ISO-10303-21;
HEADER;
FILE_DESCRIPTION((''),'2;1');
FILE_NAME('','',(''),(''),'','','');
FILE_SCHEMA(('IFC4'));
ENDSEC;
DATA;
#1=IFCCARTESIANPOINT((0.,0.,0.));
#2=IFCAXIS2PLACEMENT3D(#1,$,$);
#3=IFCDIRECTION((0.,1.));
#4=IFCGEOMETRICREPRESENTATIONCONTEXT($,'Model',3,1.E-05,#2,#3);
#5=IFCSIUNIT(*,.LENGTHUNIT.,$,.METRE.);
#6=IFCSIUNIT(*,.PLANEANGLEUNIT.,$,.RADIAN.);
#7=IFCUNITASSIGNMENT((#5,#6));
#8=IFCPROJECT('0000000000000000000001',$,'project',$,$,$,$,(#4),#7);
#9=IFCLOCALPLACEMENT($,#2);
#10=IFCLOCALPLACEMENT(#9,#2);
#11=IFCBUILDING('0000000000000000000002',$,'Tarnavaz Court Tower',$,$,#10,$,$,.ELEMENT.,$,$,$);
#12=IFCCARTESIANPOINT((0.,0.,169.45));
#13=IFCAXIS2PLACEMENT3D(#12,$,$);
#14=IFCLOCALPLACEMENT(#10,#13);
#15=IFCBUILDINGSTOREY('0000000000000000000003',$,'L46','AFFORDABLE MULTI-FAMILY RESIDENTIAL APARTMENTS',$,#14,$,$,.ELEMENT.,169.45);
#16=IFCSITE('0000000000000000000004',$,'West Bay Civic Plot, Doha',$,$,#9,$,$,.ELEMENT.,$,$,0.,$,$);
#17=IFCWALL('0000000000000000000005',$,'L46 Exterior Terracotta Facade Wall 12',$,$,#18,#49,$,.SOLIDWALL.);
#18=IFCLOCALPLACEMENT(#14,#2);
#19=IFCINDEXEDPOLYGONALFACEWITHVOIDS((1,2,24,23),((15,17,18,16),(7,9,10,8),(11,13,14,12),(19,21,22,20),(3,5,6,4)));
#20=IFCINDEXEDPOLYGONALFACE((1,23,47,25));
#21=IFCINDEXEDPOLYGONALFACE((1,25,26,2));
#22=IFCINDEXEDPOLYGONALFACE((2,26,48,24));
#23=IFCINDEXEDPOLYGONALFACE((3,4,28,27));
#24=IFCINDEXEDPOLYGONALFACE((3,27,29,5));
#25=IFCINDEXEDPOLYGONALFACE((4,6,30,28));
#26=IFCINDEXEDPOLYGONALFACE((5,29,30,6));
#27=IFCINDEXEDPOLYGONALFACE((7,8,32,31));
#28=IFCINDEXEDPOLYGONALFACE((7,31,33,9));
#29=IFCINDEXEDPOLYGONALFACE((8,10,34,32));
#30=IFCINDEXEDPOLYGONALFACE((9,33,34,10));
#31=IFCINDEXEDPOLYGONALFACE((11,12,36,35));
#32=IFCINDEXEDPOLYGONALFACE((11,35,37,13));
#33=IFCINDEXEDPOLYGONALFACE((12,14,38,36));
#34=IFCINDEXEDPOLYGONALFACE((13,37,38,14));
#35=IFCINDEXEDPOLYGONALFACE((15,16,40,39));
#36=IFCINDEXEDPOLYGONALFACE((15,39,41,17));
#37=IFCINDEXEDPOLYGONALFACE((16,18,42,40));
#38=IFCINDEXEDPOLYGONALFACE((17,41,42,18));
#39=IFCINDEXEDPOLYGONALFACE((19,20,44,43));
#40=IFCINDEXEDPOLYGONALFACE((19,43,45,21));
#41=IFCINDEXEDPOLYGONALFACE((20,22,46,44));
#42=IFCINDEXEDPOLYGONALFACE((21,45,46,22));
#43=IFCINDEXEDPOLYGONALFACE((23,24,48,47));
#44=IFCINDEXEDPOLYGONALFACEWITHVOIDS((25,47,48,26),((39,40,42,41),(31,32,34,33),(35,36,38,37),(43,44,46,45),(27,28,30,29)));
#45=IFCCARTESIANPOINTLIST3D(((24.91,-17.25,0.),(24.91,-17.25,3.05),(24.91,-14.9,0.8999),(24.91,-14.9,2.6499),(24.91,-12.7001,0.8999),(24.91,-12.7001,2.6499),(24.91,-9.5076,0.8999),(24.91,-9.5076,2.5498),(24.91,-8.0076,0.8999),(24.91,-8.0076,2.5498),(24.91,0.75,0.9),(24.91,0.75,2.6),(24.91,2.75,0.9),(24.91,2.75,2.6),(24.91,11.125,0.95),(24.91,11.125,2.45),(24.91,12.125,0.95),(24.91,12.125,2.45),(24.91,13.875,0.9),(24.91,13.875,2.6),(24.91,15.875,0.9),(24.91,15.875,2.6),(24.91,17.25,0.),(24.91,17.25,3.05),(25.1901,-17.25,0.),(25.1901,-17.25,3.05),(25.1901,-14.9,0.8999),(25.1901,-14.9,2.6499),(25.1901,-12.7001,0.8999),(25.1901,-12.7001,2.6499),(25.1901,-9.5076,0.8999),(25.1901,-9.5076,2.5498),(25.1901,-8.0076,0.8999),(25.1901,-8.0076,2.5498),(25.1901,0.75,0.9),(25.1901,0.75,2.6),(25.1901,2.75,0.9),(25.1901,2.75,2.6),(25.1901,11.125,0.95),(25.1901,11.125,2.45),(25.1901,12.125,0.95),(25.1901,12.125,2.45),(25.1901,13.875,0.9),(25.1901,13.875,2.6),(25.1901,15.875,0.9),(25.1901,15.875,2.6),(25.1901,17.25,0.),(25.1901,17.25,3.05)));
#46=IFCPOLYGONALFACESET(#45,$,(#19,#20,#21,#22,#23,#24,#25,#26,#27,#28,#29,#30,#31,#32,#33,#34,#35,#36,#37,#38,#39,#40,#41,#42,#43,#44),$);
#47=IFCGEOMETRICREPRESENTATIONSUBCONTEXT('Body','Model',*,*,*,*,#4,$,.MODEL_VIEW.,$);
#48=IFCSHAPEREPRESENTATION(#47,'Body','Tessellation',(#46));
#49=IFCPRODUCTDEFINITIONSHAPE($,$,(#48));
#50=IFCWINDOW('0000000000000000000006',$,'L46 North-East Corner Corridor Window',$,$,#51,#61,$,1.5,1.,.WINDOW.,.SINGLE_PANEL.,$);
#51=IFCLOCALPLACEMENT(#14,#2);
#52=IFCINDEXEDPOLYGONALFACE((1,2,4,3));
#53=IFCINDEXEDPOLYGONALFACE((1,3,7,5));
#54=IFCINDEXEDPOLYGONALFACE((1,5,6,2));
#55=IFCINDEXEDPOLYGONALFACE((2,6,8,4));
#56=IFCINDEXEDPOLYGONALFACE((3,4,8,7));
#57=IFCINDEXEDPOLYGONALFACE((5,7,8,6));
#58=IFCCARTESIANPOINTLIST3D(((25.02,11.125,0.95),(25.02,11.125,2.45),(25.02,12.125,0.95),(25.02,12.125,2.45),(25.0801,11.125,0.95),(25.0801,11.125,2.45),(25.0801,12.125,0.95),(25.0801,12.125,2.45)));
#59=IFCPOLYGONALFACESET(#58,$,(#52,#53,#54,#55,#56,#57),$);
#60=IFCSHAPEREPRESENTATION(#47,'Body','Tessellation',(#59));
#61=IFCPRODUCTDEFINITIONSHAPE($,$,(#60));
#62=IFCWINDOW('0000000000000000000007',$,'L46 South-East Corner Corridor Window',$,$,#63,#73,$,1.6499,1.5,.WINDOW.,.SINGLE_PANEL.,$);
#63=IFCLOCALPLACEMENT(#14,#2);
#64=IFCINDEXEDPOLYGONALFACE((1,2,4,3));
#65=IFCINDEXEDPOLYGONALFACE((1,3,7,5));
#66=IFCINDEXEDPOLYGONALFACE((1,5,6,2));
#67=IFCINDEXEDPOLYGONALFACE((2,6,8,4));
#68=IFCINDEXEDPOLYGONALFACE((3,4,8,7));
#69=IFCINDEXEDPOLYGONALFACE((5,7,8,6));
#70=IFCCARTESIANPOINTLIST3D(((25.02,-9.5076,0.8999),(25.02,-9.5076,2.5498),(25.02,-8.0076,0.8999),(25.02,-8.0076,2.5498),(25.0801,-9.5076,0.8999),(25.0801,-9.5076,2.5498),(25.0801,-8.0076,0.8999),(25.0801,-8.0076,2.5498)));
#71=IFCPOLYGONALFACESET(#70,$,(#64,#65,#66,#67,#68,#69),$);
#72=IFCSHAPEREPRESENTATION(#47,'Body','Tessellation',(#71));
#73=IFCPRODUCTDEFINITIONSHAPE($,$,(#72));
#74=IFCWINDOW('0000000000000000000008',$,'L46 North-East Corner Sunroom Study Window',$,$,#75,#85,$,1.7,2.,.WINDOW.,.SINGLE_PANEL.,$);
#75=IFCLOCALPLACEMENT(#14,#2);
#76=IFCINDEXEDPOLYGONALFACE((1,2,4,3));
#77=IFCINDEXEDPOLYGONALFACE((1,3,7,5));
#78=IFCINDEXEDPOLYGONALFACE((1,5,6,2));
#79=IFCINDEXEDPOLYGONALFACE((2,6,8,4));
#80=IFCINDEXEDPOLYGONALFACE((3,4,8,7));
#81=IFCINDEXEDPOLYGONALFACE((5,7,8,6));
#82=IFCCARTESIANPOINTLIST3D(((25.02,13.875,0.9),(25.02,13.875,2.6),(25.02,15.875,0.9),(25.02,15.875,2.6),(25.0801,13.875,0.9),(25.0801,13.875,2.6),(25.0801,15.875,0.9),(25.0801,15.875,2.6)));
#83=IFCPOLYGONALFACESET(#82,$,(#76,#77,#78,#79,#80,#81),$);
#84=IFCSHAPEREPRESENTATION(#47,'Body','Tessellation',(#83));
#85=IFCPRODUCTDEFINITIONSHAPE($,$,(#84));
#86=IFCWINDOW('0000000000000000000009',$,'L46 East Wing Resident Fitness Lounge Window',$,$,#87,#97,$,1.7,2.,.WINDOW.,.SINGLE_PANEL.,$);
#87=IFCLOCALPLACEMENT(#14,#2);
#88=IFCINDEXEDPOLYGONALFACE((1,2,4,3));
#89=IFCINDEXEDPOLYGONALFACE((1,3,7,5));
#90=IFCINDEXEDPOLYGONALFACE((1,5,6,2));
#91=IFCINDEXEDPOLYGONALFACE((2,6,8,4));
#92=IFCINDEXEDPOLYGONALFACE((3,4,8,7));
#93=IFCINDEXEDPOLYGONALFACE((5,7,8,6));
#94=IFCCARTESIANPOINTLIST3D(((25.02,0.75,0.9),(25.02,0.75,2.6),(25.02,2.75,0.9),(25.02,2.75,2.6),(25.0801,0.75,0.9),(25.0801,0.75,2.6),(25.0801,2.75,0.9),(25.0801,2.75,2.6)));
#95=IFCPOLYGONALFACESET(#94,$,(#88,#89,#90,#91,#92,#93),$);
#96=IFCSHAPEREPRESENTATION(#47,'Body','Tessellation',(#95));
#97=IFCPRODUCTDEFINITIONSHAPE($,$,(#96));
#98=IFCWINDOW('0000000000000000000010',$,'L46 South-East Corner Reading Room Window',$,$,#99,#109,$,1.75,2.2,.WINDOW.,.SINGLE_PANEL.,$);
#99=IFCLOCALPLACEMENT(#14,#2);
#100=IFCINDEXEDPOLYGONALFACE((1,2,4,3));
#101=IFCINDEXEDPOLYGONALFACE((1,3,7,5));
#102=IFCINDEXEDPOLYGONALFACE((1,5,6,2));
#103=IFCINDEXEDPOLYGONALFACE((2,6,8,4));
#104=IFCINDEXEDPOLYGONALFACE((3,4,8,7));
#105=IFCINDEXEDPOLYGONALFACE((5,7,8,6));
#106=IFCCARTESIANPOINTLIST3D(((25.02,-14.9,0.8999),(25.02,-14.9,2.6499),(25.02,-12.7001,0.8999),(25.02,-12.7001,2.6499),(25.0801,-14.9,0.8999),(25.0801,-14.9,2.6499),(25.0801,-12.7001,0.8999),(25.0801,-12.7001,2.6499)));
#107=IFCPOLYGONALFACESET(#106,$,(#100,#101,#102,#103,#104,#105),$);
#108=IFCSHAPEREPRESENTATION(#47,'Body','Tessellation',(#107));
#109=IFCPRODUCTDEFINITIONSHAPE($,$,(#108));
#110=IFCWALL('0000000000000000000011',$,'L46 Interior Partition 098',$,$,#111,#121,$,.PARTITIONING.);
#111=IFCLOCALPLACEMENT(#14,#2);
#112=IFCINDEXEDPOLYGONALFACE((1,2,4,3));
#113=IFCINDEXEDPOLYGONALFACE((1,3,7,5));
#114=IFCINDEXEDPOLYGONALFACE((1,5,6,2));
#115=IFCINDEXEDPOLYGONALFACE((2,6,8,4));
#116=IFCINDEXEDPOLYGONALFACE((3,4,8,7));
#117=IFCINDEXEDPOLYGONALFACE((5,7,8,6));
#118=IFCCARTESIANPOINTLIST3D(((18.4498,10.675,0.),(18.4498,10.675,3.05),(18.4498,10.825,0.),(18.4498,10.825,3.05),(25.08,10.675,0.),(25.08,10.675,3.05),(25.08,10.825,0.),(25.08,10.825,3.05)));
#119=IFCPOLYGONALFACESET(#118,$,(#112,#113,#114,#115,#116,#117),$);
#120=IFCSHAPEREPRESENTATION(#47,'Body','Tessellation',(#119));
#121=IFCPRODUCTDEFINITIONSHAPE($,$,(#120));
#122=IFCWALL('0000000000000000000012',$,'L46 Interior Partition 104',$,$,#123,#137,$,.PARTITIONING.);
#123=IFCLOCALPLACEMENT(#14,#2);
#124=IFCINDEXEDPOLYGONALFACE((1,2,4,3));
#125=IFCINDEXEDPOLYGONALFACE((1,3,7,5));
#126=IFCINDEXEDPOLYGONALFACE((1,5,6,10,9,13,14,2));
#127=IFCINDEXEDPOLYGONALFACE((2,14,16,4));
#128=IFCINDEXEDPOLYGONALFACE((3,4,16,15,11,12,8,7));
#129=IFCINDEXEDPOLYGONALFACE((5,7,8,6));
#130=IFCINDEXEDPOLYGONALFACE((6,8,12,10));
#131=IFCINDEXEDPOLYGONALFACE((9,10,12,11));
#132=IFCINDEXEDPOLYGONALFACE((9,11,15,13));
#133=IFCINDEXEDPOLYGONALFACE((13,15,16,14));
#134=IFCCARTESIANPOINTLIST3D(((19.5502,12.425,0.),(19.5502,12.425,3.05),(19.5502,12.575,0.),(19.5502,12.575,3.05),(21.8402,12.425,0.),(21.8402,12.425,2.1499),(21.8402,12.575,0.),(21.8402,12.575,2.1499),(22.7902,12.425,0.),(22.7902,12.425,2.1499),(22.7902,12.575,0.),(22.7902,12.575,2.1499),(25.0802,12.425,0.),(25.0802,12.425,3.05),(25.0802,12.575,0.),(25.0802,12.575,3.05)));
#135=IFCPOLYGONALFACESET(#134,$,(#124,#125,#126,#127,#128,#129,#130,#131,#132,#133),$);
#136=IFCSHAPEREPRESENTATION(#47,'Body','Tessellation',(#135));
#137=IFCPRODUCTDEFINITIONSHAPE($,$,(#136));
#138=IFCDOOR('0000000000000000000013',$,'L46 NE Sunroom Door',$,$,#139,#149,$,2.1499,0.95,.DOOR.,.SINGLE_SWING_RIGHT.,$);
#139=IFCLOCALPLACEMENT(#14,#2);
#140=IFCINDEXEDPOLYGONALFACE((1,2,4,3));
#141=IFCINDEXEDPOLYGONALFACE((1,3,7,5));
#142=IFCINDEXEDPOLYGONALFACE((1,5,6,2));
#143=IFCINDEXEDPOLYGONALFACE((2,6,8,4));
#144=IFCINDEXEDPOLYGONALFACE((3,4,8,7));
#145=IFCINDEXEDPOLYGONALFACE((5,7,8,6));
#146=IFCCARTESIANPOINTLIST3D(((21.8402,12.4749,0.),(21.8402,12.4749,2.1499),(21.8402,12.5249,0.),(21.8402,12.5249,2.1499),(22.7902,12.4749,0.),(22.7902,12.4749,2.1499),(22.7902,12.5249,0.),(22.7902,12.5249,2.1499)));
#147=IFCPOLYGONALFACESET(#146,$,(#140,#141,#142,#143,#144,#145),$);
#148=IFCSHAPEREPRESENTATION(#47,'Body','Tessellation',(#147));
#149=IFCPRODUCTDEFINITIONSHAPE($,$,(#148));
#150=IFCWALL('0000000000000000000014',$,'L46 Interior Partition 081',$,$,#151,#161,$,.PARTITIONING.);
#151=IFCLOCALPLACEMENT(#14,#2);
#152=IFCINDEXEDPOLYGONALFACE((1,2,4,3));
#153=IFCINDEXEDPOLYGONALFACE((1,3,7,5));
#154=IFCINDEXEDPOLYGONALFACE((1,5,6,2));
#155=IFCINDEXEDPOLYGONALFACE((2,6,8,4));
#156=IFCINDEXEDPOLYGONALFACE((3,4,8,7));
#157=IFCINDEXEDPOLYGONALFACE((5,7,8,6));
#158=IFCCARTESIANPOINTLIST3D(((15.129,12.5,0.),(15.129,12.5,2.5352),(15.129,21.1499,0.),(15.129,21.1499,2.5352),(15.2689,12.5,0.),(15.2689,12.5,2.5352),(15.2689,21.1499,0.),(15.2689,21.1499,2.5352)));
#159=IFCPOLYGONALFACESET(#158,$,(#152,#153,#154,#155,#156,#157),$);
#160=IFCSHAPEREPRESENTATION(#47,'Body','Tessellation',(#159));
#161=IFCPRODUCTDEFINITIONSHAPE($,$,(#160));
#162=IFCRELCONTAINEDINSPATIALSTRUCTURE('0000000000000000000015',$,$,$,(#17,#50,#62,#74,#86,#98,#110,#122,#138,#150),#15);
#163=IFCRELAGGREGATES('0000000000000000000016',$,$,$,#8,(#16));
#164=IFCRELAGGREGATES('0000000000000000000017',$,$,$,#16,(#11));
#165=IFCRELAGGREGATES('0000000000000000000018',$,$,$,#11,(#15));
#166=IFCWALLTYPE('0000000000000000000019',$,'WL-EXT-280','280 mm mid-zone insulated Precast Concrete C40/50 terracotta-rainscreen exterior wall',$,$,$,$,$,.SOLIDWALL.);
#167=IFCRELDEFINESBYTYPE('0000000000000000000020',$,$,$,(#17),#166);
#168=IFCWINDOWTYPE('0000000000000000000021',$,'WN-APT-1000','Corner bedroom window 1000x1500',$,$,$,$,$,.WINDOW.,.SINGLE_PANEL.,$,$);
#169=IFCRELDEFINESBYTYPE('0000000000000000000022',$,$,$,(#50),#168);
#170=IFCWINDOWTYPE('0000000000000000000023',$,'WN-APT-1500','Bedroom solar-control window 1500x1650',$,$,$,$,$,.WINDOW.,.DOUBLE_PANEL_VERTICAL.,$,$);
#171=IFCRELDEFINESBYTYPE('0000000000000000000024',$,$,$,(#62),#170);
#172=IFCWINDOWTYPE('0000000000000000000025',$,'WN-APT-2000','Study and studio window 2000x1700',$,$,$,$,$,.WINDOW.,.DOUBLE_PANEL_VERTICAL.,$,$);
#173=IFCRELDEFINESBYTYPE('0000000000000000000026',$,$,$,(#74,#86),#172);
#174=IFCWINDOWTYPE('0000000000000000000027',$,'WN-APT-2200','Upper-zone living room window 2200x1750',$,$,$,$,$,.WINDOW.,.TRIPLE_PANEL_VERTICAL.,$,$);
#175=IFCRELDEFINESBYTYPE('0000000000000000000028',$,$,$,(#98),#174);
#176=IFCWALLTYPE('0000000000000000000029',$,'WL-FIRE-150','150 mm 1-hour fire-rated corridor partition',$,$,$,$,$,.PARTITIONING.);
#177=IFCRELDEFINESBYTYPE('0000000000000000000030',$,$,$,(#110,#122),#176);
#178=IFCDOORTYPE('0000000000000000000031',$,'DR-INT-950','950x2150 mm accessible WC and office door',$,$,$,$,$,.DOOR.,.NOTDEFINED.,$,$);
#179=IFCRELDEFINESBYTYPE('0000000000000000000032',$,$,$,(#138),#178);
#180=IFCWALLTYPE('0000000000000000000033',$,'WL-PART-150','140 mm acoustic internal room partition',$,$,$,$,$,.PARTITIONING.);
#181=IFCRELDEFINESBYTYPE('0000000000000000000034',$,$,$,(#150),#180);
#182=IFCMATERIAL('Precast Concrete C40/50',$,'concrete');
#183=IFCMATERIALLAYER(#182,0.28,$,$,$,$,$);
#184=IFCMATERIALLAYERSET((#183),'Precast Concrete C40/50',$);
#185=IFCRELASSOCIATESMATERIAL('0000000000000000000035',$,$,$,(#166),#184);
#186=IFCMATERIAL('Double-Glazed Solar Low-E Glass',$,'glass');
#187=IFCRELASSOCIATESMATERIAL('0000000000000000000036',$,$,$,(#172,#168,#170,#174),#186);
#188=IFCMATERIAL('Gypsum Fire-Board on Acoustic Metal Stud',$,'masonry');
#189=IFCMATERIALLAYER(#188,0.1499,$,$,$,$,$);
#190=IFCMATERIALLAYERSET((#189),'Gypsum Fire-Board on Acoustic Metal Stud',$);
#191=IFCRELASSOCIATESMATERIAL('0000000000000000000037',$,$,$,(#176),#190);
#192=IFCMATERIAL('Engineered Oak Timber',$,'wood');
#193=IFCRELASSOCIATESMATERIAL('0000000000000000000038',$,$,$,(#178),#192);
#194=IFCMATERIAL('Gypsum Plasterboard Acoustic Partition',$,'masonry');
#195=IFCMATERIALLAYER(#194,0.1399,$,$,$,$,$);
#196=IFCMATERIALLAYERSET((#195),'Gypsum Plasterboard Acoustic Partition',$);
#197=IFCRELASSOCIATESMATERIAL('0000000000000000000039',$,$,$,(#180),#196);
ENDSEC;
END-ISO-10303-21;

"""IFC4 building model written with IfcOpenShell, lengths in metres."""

from ifc_helpers import new_model, si_unit, direction, frame, frame_2d, origin, place, context, subcontext, project, spatial, rectangle, extrude, material, layer, layer_set, type_object, element, fill, save


model = new_model("IFC4")

# Units and contexts
model_context = context("Model", 3, precision=1e-05, world=origin(), true_north=direction((0.0, 1.0)))
body_context = subcontext(model_context, "Body", "Model", "MODEL_VIEW")
ifc_project = project(units=[si_unit("LENGTHUNIT", "METRE"), si_unit("PLANEANGLEUNIT", "RADIAN")], contexts=[model_context])

# Site, building, storey
site_placement = place(None, origin())
site = spatial("IfcSite", under=ifc_project, at=site_placement, Name="West Bay Civic Plot, Doha", CompositionType="ELEMENT", RefElevation=0.0)
building_placement = place(site_placement, origin())
building = spatial("IfcBuilding", under=site, at=building_placement, Name="Tarnavaz Court Tower", CompositionType="ELEMENT")
storey_placement = place(building_placement, frame((0.0, 0.0, 169.45)))
storey = spatial("IfcBuildingStorey", under=building, at=storey_placement, Name="L46", Description="AFFORDABLE MULTI-FAMILY RESIDENTIAL APARTMENTS", CompositionType="ELEMENT", Elevation=169.45)

# Shared definitions
ifc_material_1 = material(Name="Precast Concrete C40/50", Category="concrete")
ifc_layer_1 = layer(ifc_material_1, 0.28)
ifc_layer_set_1 = layer_set([ifc_layer_1], Name="Precast Concrete C40/50")
wall_type_1 = type_object("IfcWallType", Name="WL-EXT-280", Description="280 mm mid-zone insulated Precast Concrete C40/50 terracotta-rainscreen exterior wall", PredefinedType="SOLIDWALL", material=ifc_layer_set_1)
ifc_material_2 = material(Name="Double-Glazed Solar Low-E Glass", Category="glass")
window_type_1 = type_object("IfcWindowType", Name="WN-APT-2000", Description="Study and studio window 2000x1700", PartitioningType="DOUBLE_PANEL_VERTICAL", PredefinedType="WINDOW", material=ifc_material_2)

# Wall, openings, windows
wall_1_placement = place(storey_placement, frame((25.05, 17.25, 0.0), z_axis=(0.0, 0.0, 1.0), x_axis=(0.0, -1.0, 0.0)))
wall_1 = element("IfcWall", 1, at=wall_1_placement, inside=storey, type_object=wall_type_1, Name="L46 Exterior Terracotta Facade Wall 12", PredefinedType="SOLIDWALL", context=body_context, shape_type="SweptSolid", body=[
    extrude(rectangle(XDim=34.5, YDim=0.28, at=frame_2d((17.25, 0.0))), origin(), (0.0, 0.0, 1.0), 3.05),
])
opening_1_placement = place(wall_1_placement, frame((1.375, 0.0, 0.8999)))
opening_1 = element("IfcOpeningElement", 2, at=opening_1_placement, cuts=wall_1, PredefinedType="OPENING", context=body_context, shape_type="SweptSolid", body=[
    extrude(rectangle(XDim=2.0, YDim=1.7, at=frame_2d((1.0, 0.8501))), frame((0.0, 0.1499, 0.0), z_axis=(0.0, -1.0, 0.0), x_axis=(1.0, 0.0, 0.0)), (0.0, 0.0, 1.0), 0.3),
])
opening_2_placement = place(wall_1_placement, frame((5.125, 0.0, 0.95)))
opening_2 = element("IfcOpeningElement", 3, at=opening_2_placement, cuts=wall_1, PredefinedType="OPENING", context=body_context, shape_type="SweptSolid", body=[
    extrude(rectangle(XDim=1.0, YDim=1.5, at=frame_2d((0.5, 0.75))), frame((0.0, 0.1499, 0.0), z_axis=(0.0, -1.0, 0.0), x_axis=(1.0, 0.0, 0.0)), (0.0, 0.0, 1.0), 0.3),
])
opening_3_placement = place(wall_1_placement, frame((14.5, 0.0, 0.8999)))
opening_3 = element("IfcOpeningElement", 4, at=opening_3_placement, cuts=wall_1, PredefinedType="OPENING", context=body_context, shape_type="SweptSolid", body=[
    extrude(rectangle(XDim=2.0, YDim=1.7, at=frame_2d((1.0, 0.8501))), frame((0.0, 0.1499, 0.0), z_axis=(0.0, -1.0, 0.0), x_axis=(1.0, 0.0, 0.0)), (0.0, 0.0, 1.0), 0.3),
])
opening_4_placement = place(wall_1_placement, frame((25.2576, 0.0, 0.8999)))
opening_4 = element("IfcOpeningElement", 5, at=opening_4_placement, cuts=wall_1, PredefinedType="OPENING", context=body_context, shape_type="SweptSolid", body=[
    extrude(rectangle(XDim=1.5, YDim=1.6499, at=frame_2d((0.75, 0.825))), frame((0.0, 0.1499, 0.0), z_axis=(0.0, -1.0, 0.0), x_axis=(1.0, 0.0, 0.0)), (0.0, 0.0, 1.0), 0.3),
])
opening_5_placement = place(wall_1_placement, frame((29.95, 0.0, 0.8999)))
opening_5 = element("IfcOpeningElement", 6, at=opening_5_placement, cuts=wall_1, PredefinedType="OPENING", context=body_context, shape_type="SweptSolid", body=[
    extrude(rectangle(XDim=2.2, YDim=1.75, at=frame_2d((1.1001, 0.875))), frame((0.0, 0.1499, 0.0), z_axis=(0.0, -1.0, 0.0), x_axis=(1.0, 0.0, 0.0)), (0.0, 0.0, 1.0), 0.3),
])
window_type_2 = type_object("IfcWindowType", Name="WN-APT-1000", Description="Corner bedroom window 1000x1500", PartitioningType="SINGLE_PANEL", PredefinedType="WINDOW", material=ifc_material_2)
window_1_placement = place(opening_2_placement, origin())
window_1 = element("IfcWindow", 7, at=window_1_placement, inside=storey, type_object=window_type_2, Name="L46 North-East Corner Corridor Window", OverallHeight=1.5, OverallWidth=1.0, PartitioningType="SINGLE_PANEL", PredefinedType="WINDOW", context=body_context, shape_type="SweptSolid", body=[
    extrude(rectangle(XDim=1.0, YDim=1.5, at=frame_2d((0.5, 0.75))), frame((0.0, 0.03, 0.0), z_axis=(0.0, -1.0, 0.0), x_axis=(1.0, 0.0, 0.0)), (0.0, 0.0, 1.0), 0.0601),
])
fill(opening_2, window_1)
window_type_3 = type_object("IfcWindowType", Name="WN-APT-1500", Description="Bedroom solar-control window 1500x1650", PartitioningType="DOUBLE_PANEL_VERTICAL", PredefinedType="WINDOW", material=ifc_material_2)
window_2_placement = place(opening_4_placement, origin())
window_2 = element("IfcWindow", 8, at=window_2_placement, inside=storey, type_object=window_type_3, Name="L46 South-East Corner Corridor Window", OverallHeight=1.6499, OverallWidth=1.5, PartitioningType="SINGLE_PANEL", PredefinedType="WINDOW", context=body_context, shape_type="SweptSolid", body=[
    extrude(rectangle(XDim=1.5, YDim=1.6499, at=frame_2d((0.75, 0.825))), frame((0.0, 0.03, 0.0), z_axis=(0.0, -1.0, 0.0), x_axis=(1.0, 0.0, 0.0)), (0.0, 0.0, 1.0), 0.0601),
])
fill(opening_4, window_2)
window_3_placement = place(opening_1_placement, origin())
window_3 = element("IfcWindow", 9, at=window_3_placement, inside=storey, type_object=window_type_1, Name="L46 North-East Corner Sunroom Study Window", OverallHeight=1.7, OverallWidth=2.0, PartitioningType="SINGLE_PANEL", PredefinedType="WINDOW", context=body_context, shape_type="SweptSolid", body=[
    extrude(rectangle(XDim=2.0, YDim=1.7, at=frame_2d((1.0, 0.8501))), frame((0.0, 0.03, 0.0), z_axis=(0.0, -1.0, 0.0), x_axis=(1.0, 0.0, 0.0)), (0.0, 0.0, 1.0), 0.0601),
])
fill(opening_1, window_3)
window_4_placement = place(opening_3_placement, origin())
window_4 = element("IfcWindow", 10, at=window_4_placement, inside=storey, type_object=window_type_1, Name="L46 East Wing Resident Fitness Lounge Window", OverallHeight=1.7, OverallWidth=2.0, PartitioningType="SINGLE_PANEL", PredefinedType="WINDOW", context=body_context, shape_type="SweptSolid", body=[
    extrude(rectangle(XDim=2.0, YDim=1.7, at=frame_2d((1.0, 0.8501))), frame((0.0, 0.03, 0.0), z_axis=(0.0, -1.0, 0.0), x_axis=(1.0, 0.0, 0.0)), (0.0, 0.0, 1.0), 0.0601),
])
fill(opening_3, window_4)
window_type_4 = type_object("IfcWindowType", Name="WN-APT-2200", Description="Upper-zone living room window 2200x1750", PartitioningType="TRIPLE_PANEL_VERTICAL", PredefinedType="WINDOW", material=ifc_material_2)
window_5_placement = place(opening_5_placement, origin())
window_5 = element("IfcWindow", 11, at=window_5_placement, inside=storey, type_object=window_type_4, Name="L46 South-East Corner Reading Room Window", OverallHeight=1.75, OverallWidth=2.2, PartitioningType="SINGLE_PANEL", PredefinedType="WINDOW", context=body_context, shape_type="SweptSolid", body=[
    extrude(rectangle(XDim=2.2, YDim=1.75, at=frame_2d((1.1001, 0.875))), frame((0.0, 0.03, 0.0), z_axis=(0.0, -1.0, 0.0), x_axis=(1.0, 0.0, 0.0)), (0.0, 0.0, 1.0), 0.0601),
])
fill(opening_5, window_5)

# Wall
ifc_material_3 = material(Name="Gypsum Fire-Board on Acoustic Metal Stud", Category="masonry")
ifc_layer_2 = layer(ifc_material_3, 0.1499)
ifc_layer_set_2 = layer_set([ifc_layer_2], Name="Gypsum Fire-Board on Acoustic Metal Stud")
wall_type_2 = type_object("IfcWallType", Name="WL-FIRE-150", Description="150 mm 1-hour fire-rated corridor partition", PredefinedType="PARTITIONING", material=ifc_layer_set_2)
wall_2_placement = place(storey_placement, frame((18.45, 10.75, 0.0), z_axis=(0.0, 0.0, 1.0), x_axis=(1.0, 0.0, 0.0)))
element("IfcWall", 12, at=wall_2_placement, inside=storey, type_object=wall_type_2, Name="L46 Interior Partition 098", PredefinedType="PARTITIONING", context=body_context, shape_type="SweptSolid", body=[
    extrude(rectangle(XDim=6.6301, YDim=0.1499, at=frame_2d((3.3149, 0.0))), origin(), (0.0, 0.0, 1.0), 3.05),
])

# Wall, opening, door
wall_3_placement = place(storey_placement, frame((19.55, 12.5, 0.0), z_axis=(0.0, 0.0, 1.0), x_axis=(1.0, 0.0, 0.0)))
wall_3 = element("IfcWall", 13, at=wall_3_placement, inside=storey, type_object=wall_type_2, Name="L46 Interior Partition 104", PredefinedType="PARTITIONING", context=body_context, shape_type="SweptSolid", body=[
    extrude(rectangle(XDim=5.53, YDim=0.1499, at=frame_2d((2.7651, 0.0))), origin(), (0.0, 0.0, 1.0), 3.05),
])
opening_6_placement = place(wall_3_placement, frame((2.29, 0.0, 0.0)))
opening_6 = element("IfcOpeningElement", 14, at=opening_6_placement, cuts=wall_3, PredefinedType="OPENING", context=body_context, shape_type="SweptSolid", body=[
    extrude(rectangle(XDim=0.95, YDim=2.1499, at=frame_2d((0.4751, 1.075))), frame((0.0, 0.085, 0.0), z_axis=(0.0, -1.0, 0.0), x_axis=(1.0, 0.0, 0.0)), (0.0, 0.0, 1.0), 0.1699),
])
ifc_material_4 = material(Name="Engineered Oak Timber", Category="wood")
door_type = type_object("IfcDoorType", Name="DR-INT-950", Description="950x2150 mm accessible WC and office door", OperationType="NOTDEFINED", PredefinedType="DOOR", material=ifc_material_4)
door_placement = place(opening_6_placement, origin())
door = element("IfcDoor", 15, at=door_placement, inside=storey, type_object=door_type, Name="L46 NE Sunroom Door", OperationType="SINGLE_SWING_RIGHT", OverallHeight=2.1499, OverallWidth=0.95, PredefinedType="DOOR", context=body_context, shape_type="SweptSolid", body=[
    extrude(rectangle(XDim=0.95, YDim=2.1499, at=frame_2d((0.4751, 1.075))), frame((0.0, 0.0249, 0.0), z_axis=(0.0, -1.0, 0.0), x_axis=(1.0, 0.0, 0.0)), (0.0, 0.0, 1.0), 0.05),
])
fill(opening_6, door)

# Wall
ifc_material_5 = material(Name="Gypsum Plasterboard Acoustic Partition", Category="masonry")
ifc_layer_3 = layer(ifc_material_5, 0.1399)
ifc_layer_set_3 = layer_set([ifc_layer_3], Name="Gypsum Plasterboard Acoustic Partition")
wall_type_3 = type_object("IfcWallType", Name="WL-PART-150", Description="140 mm acoustic internal room partition", PredefinedType="PARTITIONING", material=ifc_layer_set_3)
wall_4_placement = place(storey_placement, frame((15.199, 12.5, 0.0), z_axis=(0.0, 0.0, 1.0), x_axis=(0.0, 1.0, 0.0)))
element("IfcWall", 16, at=wall_4_placement, inside=storey, type_object=wall_type_3, Name="L46 Interior Partition 081", PredefinedType="PARTITIONING", context=body_context, shape_type="SweptSolid", body=[
    extrude(rectangle(XDim=8.6499, YDim=0.1399, at=frame_2d((4.325, 0.0))), origin(), (0.0, 0.0, 1.0), 2.5352),
])

save(model, "model.ifc")
